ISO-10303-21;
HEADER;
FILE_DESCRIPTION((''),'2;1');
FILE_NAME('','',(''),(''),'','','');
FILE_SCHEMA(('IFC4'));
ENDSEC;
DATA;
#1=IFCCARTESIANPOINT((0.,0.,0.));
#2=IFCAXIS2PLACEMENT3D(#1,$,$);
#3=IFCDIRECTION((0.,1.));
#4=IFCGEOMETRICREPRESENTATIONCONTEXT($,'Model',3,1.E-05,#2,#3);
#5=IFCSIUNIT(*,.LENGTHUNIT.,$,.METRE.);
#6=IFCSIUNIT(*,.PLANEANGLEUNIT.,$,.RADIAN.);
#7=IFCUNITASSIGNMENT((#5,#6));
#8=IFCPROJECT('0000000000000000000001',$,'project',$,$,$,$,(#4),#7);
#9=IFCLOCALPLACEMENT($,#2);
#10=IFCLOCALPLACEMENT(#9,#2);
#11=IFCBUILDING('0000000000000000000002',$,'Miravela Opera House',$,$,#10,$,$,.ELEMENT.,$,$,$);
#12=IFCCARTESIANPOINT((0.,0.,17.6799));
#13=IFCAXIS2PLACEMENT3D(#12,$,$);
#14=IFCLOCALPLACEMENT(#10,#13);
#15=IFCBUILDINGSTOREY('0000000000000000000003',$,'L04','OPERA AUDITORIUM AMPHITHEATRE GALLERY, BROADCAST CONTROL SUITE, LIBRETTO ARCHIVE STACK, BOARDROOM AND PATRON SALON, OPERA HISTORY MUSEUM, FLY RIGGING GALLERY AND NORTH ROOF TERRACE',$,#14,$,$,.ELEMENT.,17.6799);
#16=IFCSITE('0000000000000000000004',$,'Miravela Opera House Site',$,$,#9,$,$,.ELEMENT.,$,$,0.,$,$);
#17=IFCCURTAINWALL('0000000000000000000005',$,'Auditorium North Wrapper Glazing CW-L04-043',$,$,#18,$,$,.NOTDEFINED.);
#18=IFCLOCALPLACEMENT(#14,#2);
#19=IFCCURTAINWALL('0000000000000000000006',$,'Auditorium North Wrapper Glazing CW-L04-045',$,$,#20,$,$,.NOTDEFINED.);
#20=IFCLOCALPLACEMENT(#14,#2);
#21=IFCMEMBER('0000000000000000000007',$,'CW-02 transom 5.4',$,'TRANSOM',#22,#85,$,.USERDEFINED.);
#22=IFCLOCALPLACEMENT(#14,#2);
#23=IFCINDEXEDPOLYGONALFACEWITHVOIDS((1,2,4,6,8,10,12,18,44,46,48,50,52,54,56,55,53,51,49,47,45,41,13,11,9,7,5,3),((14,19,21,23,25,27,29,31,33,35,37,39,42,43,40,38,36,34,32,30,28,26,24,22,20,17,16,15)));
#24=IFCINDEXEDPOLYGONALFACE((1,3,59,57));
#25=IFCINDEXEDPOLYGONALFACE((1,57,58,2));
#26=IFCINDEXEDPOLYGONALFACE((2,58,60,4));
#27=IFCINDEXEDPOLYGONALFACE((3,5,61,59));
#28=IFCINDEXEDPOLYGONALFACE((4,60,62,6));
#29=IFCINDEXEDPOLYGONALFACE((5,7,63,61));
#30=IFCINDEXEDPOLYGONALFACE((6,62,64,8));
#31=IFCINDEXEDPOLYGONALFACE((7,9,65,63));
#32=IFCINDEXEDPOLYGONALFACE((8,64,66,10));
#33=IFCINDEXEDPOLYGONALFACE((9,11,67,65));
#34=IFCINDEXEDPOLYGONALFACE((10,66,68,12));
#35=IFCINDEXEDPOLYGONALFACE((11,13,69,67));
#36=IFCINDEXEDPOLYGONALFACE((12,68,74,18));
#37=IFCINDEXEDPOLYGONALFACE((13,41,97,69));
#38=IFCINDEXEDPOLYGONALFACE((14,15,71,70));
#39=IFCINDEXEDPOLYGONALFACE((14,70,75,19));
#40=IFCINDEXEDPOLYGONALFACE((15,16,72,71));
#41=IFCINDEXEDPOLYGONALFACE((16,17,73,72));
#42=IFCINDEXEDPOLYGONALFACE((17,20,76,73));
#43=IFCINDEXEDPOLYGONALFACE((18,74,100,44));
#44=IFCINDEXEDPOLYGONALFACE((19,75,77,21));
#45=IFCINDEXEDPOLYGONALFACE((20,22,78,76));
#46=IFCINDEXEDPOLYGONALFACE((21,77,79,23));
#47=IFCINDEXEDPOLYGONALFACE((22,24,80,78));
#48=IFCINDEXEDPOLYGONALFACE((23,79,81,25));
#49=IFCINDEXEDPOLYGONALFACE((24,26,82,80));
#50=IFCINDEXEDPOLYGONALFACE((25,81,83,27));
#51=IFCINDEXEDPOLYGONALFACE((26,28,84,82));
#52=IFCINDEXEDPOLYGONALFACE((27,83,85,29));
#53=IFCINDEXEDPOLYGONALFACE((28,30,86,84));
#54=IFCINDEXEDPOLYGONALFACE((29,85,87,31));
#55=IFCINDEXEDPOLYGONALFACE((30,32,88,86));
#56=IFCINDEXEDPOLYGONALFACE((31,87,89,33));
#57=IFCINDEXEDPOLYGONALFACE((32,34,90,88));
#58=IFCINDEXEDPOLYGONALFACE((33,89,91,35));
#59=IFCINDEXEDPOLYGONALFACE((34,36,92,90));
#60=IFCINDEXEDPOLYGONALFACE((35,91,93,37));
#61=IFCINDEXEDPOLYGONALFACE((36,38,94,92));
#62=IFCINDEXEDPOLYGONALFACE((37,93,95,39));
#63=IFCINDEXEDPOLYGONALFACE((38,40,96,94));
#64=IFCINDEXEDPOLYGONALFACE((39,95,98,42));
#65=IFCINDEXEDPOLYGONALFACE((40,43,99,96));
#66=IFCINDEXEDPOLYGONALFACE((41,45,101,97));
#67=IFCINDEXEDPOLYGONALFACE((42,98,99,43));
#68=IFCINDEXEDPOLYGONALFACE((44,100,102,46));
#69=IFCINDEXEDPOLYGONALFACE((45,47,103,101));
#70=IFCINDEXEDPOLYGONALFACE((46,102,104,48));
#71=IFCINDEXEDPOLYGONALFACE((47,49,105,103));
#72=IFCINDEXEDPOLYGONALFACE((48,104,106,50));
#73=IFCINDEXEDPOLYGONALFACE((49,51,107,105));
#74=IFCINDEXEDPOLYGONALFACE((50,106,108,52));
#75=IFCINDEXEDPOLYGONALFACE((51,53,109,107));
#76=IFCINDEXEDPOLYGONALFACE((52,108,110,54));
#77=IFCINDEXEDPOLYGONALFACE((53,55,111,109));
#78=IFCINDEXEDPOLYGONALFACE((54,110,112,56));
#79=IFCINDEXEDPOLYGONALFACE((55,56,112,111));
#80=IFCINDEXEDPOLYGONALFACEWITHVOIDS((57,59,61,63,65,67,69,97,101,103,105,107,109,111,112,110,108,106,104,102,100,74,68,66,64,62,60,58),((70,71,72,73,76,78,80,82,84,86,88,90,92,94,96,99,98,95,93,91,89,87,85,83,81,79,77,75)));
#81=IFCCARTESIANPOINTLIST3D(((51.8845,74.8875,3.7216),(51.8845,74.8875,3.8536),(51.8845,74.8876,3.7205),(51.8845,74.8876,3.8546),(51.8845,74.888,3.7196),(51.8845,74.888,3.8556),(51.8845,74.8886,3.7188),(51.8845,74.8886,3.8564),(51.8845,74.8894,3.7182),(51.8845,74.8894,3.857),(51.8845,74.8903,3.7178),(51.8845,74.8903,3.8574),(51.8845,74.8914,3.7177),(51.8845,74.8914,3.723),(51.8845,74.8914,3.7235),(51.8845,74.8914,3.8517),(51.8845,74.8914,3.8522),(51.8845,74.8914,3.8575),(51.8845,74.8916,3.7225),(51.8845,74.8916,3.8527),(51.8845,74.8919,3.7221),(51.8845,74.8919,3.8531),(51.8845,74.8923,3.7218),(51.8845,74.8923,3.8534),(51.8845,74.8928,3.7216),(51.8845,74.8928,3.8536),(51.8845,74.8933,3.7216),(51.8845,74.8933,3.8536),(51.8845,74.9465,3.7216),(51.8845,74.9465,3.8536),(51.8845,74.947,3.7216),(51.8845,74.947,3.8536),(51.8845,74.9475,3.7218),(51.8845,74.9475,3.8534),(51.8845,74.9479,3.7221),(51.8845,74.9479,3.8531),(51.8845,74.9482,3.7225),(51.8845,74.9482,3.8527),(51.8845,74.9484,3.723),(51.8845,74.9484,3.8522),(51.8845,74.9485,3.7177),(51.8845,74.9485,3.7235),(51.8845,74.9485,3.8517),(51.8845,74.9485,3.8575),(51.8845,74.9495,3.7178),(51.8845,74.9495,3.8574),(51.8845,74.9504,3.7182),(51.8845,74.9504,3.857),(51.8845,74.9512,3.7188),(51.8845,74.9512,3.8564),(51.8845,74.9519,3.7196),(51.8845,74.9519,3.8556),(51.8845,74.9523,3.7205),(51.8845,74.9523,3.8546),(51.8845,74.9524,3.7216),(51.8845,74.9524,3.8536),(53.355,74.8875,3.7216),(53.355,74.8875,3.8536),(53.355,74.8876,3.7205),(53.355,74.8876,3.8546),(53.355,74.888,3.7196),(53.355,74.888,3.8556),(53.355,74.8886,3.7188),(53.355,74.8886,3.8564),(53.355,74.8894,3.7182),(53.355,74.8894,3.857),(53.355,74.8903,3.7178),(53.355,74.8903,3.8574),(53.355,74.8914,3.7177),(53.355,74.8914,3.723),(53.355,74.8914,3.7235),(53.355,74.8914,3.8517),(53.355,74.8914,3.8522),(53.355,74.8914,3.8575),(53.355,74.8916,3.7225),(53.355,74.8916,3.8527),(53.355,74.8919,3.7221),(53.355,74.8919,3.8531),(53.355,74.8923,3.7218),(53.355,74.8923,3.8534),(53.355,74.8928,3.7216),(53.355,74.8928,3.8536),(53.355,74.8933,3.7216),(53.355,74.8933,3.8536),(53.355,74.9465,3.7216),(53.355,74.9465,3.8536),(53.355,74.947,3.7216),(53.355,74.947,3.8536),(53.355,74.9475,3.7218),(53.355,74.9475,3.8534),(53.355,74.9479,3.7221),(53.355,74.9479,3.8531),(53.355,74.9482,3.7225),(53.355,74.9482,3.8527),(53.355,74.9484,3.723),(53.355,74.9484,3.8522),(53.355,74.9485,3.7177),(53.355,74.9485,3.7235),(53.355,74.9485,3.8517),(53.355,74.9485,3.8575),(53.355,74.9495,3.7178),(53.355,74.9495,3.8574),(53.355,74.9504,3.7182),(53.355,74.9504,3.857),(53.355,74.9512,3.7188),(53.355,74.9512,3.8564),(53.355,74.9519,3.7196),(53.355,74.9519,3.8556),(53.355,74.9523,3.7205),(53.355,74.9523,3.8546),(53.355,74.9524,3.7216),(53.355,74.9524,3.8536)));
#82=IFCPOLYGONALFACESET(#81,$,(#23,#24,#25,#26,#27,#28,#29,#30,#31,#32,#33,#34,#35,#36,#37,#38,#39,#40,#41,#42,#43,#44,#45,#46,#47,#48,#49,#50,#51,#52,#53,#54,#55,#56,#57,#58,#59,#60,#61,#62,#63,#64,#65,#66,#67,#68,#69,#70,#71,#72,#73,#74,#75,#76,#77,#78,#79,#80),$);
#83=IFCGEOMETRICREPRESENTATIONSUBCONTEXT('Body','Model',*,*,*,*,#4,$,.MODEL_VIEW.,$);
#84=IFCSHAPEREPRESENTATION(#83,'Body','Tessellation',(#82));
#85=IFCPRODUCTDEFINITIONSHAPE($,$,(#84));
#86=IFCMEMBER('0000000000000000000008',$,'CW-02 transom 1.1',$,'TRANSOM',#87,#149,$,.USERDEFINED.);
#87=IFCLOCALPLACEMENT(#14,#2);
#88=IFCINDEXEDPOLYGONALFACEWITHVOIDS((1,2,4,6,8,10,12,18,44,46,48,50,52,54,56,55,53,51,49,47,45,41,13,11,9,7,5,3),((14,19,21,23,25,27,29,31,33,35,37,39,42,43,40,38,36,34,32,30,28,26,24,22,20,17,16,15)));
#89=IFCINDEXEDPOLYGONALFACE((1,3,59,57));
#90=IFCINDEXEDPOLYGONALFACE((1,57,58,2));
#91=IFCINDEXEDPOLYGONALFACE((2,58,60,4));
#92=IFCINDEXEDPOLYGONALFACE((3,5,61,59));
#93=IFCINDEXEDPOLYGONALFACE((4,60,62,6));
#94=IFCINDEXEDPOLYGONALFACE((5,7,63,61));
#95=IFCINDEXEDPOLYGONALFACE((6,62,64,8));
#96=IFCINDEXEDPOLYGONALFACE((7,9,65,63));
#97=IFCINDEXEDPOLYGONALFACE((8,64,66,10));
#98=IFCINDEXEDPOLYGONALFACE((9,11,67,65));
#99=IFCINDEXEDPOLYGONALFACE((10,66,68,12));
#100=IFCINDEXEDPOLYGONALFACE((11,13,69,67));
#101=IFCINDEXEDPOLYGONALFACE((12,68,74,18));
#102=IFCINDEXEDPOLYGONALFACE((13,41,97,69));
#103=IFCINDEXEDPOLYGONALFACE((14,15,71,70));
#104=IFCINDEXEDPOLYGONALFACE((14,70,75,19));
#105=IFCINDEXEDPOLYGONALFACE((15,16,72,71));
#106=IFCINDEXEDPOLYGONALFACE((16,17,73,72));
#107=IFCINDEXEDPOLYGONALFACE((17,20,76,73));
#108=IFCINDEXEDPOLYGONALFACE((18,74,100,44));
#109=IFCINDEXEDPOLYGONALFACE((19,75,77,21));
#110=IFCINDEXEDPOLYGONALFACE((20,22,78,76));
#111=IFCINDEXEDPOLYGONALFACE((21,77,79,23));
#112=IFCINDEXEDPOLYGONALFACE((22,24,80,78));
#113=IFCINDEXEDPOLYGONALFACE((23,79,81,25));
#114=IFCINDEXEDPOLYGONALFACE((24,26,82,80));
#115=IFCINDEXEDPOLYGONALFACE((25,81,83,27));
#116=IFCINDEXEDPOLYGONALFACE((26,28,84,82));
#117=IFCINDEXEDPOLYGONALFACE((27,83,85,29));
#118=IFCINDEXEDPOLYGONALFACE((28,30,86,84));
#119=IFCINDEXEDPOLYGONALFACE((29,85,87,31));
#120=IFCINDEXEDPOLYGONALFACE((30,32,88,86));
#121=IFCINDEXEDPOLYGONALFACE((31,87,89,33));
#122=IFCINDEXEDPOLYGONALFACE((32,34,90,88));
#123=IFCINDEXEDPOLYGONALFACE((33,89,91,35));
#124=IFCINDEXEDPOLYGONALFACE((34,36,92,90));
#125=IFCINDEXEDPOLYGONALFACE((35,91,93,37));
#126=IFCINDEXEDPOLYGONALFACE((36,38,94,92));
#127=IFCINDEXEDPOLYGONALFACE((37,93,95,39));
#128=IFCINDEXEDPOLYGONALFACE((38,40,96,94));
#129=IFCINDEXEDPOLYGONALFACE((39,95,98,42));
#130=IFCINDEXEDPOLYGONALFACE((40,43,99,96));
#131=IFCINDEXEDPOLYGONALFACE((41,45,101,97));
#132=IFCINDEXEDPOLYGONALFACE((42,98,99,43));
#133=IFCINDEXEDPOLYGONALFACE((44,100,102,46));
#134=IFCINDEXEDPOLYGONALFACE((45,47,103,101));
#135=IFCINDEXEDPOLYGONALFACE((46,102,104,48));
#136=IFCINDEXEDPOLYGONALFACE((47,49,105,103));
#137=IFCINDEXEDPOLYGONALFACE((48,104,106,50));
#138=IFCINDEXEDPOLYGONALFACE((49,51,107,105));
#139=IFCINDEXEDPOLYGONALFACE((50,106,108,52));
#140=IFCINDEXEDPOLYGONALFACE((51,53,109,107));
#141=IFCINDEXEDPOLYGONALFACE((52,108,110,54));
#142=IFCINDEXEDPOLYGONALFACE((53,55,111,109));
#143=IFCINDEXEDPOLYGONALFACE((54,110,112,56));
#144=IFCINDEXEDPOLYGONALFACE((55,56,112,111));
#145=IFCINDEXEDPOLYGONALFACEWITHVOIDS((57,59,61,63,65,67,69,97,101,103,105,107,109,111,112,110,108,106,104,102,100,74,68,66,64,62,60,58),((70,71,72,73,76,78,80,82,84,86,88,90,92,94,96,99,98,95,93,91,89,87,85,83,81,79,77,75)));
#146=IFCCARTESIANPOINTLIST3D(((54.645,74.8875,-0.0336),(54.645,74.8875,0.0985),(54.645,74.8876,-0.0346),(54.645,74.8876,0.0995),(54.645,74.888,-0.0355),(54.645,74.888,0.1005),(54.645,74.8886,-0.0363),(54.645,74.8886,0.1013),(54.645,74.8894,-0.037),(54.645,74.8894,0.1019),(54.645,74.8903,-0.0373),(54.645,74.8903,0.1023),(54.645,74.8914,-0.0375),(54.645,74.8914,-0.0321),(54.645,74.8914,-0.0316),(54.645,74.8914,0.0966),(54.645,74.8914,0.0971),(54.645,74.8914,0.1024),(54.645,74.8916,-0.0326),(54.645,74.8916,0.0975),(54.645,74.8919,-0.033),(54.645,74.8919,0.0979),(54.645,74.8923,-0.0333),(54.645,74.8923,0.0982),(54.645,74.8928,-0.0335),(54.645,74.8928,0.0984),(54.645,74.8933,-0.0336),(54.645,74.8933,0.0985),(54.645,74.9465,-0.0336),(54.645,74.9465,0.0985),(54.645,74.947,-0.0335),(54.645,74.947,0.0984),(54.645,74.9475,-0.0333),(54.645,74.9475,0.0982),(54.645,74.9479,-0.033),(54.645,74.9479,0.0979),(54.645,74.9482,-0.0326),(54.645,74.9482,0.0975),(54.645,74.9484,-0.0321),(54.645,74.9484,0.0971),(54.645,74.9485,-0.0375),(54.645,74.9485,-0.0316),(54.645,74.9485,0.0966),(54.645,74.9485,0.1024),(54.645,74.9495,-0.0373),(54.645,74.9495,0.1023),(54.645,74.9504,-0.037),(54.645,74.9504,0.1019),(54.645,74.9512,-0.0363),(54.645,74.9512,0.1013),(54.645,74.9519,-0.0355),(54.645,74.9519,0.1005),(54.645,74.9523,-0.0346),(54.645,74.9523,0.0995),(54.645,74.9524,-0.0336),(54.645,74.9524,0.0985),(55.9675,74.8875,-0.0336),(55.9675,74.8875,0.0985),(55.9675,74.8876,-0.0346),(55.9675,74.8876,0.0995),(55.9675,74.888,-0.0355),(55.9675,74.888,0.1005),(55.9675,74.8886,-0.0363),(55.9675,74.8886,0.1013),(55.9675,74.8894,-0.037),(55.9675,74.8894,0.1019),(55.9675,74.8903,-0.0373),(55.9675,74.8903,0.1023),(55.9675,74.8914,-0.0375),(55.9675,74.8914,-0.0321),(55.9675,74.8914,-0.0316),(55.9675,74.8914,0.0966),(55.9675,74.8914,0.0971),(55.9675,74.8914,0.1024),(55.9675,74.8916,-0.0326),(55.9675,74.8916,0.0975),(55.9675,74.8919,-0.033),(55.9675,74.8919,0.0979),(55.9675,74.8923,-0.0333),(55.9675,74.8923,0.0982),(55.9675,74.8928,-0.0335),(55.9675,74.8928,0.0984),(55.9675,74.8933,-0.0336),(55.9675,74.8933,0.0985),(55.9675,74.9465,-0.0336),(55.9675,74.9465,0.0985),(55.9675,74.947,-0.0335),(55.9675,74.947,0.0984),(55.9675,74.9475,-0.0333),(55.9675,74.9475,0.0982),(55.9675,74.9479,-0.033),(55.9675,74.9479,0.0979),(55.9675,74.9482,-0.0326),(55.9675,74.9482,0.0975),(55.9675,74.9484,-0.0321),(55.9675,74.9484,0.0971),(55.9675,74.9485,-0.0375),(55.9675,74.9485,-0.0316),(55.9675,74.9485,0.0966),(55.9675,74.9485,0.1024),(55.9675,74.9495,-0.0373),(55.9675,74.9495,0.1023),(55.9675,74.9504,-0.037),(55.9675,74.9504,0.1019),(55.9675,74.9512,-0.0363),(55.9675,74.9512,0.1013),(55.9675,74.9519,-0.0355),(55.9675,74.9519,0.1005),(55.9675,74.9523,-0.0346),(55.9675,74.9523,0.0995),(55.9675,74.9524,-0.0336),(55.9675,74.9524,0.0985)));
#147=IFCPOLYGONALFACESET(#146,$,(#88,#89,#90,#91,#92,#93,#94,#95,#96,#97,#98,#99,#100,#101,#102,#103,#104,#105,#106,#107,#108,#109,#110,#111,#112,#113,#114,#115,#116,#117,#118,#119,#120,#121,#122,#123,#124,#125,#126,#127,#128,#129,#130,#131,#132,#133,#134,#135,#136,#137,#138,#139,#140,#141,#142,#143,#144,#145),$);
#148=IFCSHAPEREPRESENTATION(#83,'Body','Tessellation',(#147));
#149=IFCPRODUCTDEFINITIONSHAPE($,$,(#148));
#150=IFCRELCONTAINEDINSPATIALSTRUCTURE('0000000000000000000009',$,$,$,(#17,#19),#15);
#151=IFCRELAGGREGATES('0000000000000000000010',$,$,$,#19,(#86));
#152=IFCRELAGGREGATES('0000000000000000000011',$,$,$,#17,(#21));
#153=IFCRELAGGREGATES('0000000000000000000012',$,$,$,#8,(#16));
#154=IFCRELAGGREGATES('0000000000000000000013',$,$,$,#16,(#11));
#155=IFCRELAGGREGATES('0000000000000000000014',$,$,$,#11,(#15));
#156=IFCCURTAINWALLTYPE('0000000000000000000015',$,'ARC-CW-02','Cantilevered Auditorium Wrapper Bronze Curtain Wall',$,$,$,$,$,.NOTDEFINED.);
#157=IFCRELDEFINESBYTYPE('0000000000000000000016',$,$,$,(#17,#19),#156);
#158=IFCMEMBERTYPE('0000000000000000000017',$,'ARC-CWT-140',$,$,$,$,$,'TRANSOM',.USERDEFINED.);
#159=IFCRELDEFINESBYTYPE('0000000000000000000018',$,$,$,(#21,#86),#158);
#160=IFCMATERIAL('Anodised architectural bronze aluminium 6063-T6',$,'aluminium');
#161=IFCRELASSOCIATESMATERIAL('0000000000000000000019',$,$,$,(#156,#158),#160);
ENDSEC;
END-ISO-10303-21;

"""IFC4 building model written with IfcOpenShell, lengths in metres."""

from ifc_helpers import new_model, si_unit, direction, frame, origin, origin_2d, place, context, subcontext, project, spatial, hollow_rectangle, extrude, material, material_profile, profile_set, type_object, element, aggregate, save


model = new_model("IFC4")

# Units and contexts
model_context = context("Model", 3, precision=1e-05, world=origin(), true_north=direction((0.0, 1.0)))
body_context = subcontext(model_context, "Body", "Model", "MODEL_VIEW")
ifc_project = project(units=[si_unit("LENGTHUNIT", "METRE"), si_unit("PLANEANGLEUNIT", "RADIAN")], contexts=[model_context])

# Site, building, storey
site_placement = place(None, origin())
site = spatial("IfcSite", under=ifc_project, at=site_placement, Name="Miravela Opera House Site", CompositionType="ELEMENT", RefElevation=0.0)
building_placement = place(site_placement, origin())
building = spatial("IfcBuilding", under=site, at=building_placement, Name="Miravela Opera House", CompositionType="ELEMENT")
storey_placement = place(building_placement, frame((0.0, 0.0, 17.6799)))
storey = spatial("IfcBuildingStorey", under=building, at=storey_placement, Name="L04", Description="OPERA AUDITORIUM AMPHITHEATRE GALLERY, BROADCAST CONTROL SUITE, LIBRETTO ARCHIVE STACK, BOARDROOM AND PATRON SALON, OPERA HISTORY MUSEUM, FLY RIGGING GALLERY AND NORTH ROOF TERRACE", CompositionType="ELEMENT", Elevation=17.6799)

# Curtain wall
ifc_material_1 = material(Name="Anodised architectural bronze aluminium 6063-T6", Category="aluminium")
curtain_wall_type = type_object("IfcCurtainWallType", Name="ARC-CW-02", Description="Cantilevered Auditorium Wrapper Bronze Curtain Wall", PredefinedType="NOTDEFINED", material=ifc_material_1)
curtain_wall_1_placement = place(storey_placement, origin())
curtain_wall_1 = element("IfcCurtainWall", 1, at=curtain_wall_1_placement, inside=storey, type_object=curtain_wall_type, Name="Auditorium North Wrapper Glazing CW-L04-043", PredefinedType="NOTDEFINED")

# Curtain wall
curtain_wall_2_placement = place(storey_placement, origin())
curtain_wall_2 = element("IfcCurtainWall", 2, at=curtain_wall_2_placement, inside=storey, type_object=curtain_wall_type, Name="Auditorium North Wrapper Glazing CW-L04-045", PredefinedType="NOTDEFINED")

# Members
ifc_material_profile_1 = material_profile(ifc_material_1, hollow_rectangle(XDim=0.0649, YDim=0.1399, WallThickness=0.0039, InnerFilletRadius=0.002, OuterFilletRadius=0.0039, at=origin_2d()), Name="CWT-65X140")
ifc_profile_set_1 = profile_set([ifc_material_profile_1])
member_type_1 = type_object("IfcMemberType", Name="ARC-CWT-140", ElementType="TRANSOM", PredefinedType="USERDEFINED", material=ifc_profile_set_1)
member_1_placement = place(storey_placement, frame((51.8845, 74.9199, 3.7876), z_axis=(1.0, 0.0, 0.0), x_axis=(0.0, 1.0, 0.0)))
member_1 = element("IfcMember", 3, at=member_1_placement, type_object=member_type_1, Name="CW-02 transom 5.4", ObjectType="TRANSOM", PredefinedType="USERDEFINED", context=body_context, shape_type="SweptSolid", body=[
    extrude(hollow_rectangle(XDim=0.0649, YDim=0.1399, WallThickness=0.0039, InnerFilletRadius=0.002, OuterFilletRadius=0.0039, at=origin_2d()), origin(), (0.0, 0.0, 1.0), 1.4705),
])
member_2_placement = place(storey_placement, frame((54.645, 74.9199, 0.0325), z_axis=(1.0, 0.0, 0.0), x_axis=(0.0, 1.0, 0.0)))
member_2 = element("IfcMember", 4, at=member_2_placement, type_object=member_type_1, Name="CW-02 transom 1.1", ObjectType="TRANSOM", PredefinedType="USERDEFINED", context=body_context, shape_type="SweptSolid", body=[
    extrude(hollow_rectangle(XDim=0.0649, YDim=0.1399, WallThickness=0.0039, InnerFilletRadius=0.002, OuterFilletRadius=0.0039, at=origin_2d()), origin(), (0.0, 0.0, 1.0), 1.3225),
])
aggregate(curtain_wall_2, [member_2])

aggregate(curtain_wall_1, [member_1])

save(model, "model.ifc")
